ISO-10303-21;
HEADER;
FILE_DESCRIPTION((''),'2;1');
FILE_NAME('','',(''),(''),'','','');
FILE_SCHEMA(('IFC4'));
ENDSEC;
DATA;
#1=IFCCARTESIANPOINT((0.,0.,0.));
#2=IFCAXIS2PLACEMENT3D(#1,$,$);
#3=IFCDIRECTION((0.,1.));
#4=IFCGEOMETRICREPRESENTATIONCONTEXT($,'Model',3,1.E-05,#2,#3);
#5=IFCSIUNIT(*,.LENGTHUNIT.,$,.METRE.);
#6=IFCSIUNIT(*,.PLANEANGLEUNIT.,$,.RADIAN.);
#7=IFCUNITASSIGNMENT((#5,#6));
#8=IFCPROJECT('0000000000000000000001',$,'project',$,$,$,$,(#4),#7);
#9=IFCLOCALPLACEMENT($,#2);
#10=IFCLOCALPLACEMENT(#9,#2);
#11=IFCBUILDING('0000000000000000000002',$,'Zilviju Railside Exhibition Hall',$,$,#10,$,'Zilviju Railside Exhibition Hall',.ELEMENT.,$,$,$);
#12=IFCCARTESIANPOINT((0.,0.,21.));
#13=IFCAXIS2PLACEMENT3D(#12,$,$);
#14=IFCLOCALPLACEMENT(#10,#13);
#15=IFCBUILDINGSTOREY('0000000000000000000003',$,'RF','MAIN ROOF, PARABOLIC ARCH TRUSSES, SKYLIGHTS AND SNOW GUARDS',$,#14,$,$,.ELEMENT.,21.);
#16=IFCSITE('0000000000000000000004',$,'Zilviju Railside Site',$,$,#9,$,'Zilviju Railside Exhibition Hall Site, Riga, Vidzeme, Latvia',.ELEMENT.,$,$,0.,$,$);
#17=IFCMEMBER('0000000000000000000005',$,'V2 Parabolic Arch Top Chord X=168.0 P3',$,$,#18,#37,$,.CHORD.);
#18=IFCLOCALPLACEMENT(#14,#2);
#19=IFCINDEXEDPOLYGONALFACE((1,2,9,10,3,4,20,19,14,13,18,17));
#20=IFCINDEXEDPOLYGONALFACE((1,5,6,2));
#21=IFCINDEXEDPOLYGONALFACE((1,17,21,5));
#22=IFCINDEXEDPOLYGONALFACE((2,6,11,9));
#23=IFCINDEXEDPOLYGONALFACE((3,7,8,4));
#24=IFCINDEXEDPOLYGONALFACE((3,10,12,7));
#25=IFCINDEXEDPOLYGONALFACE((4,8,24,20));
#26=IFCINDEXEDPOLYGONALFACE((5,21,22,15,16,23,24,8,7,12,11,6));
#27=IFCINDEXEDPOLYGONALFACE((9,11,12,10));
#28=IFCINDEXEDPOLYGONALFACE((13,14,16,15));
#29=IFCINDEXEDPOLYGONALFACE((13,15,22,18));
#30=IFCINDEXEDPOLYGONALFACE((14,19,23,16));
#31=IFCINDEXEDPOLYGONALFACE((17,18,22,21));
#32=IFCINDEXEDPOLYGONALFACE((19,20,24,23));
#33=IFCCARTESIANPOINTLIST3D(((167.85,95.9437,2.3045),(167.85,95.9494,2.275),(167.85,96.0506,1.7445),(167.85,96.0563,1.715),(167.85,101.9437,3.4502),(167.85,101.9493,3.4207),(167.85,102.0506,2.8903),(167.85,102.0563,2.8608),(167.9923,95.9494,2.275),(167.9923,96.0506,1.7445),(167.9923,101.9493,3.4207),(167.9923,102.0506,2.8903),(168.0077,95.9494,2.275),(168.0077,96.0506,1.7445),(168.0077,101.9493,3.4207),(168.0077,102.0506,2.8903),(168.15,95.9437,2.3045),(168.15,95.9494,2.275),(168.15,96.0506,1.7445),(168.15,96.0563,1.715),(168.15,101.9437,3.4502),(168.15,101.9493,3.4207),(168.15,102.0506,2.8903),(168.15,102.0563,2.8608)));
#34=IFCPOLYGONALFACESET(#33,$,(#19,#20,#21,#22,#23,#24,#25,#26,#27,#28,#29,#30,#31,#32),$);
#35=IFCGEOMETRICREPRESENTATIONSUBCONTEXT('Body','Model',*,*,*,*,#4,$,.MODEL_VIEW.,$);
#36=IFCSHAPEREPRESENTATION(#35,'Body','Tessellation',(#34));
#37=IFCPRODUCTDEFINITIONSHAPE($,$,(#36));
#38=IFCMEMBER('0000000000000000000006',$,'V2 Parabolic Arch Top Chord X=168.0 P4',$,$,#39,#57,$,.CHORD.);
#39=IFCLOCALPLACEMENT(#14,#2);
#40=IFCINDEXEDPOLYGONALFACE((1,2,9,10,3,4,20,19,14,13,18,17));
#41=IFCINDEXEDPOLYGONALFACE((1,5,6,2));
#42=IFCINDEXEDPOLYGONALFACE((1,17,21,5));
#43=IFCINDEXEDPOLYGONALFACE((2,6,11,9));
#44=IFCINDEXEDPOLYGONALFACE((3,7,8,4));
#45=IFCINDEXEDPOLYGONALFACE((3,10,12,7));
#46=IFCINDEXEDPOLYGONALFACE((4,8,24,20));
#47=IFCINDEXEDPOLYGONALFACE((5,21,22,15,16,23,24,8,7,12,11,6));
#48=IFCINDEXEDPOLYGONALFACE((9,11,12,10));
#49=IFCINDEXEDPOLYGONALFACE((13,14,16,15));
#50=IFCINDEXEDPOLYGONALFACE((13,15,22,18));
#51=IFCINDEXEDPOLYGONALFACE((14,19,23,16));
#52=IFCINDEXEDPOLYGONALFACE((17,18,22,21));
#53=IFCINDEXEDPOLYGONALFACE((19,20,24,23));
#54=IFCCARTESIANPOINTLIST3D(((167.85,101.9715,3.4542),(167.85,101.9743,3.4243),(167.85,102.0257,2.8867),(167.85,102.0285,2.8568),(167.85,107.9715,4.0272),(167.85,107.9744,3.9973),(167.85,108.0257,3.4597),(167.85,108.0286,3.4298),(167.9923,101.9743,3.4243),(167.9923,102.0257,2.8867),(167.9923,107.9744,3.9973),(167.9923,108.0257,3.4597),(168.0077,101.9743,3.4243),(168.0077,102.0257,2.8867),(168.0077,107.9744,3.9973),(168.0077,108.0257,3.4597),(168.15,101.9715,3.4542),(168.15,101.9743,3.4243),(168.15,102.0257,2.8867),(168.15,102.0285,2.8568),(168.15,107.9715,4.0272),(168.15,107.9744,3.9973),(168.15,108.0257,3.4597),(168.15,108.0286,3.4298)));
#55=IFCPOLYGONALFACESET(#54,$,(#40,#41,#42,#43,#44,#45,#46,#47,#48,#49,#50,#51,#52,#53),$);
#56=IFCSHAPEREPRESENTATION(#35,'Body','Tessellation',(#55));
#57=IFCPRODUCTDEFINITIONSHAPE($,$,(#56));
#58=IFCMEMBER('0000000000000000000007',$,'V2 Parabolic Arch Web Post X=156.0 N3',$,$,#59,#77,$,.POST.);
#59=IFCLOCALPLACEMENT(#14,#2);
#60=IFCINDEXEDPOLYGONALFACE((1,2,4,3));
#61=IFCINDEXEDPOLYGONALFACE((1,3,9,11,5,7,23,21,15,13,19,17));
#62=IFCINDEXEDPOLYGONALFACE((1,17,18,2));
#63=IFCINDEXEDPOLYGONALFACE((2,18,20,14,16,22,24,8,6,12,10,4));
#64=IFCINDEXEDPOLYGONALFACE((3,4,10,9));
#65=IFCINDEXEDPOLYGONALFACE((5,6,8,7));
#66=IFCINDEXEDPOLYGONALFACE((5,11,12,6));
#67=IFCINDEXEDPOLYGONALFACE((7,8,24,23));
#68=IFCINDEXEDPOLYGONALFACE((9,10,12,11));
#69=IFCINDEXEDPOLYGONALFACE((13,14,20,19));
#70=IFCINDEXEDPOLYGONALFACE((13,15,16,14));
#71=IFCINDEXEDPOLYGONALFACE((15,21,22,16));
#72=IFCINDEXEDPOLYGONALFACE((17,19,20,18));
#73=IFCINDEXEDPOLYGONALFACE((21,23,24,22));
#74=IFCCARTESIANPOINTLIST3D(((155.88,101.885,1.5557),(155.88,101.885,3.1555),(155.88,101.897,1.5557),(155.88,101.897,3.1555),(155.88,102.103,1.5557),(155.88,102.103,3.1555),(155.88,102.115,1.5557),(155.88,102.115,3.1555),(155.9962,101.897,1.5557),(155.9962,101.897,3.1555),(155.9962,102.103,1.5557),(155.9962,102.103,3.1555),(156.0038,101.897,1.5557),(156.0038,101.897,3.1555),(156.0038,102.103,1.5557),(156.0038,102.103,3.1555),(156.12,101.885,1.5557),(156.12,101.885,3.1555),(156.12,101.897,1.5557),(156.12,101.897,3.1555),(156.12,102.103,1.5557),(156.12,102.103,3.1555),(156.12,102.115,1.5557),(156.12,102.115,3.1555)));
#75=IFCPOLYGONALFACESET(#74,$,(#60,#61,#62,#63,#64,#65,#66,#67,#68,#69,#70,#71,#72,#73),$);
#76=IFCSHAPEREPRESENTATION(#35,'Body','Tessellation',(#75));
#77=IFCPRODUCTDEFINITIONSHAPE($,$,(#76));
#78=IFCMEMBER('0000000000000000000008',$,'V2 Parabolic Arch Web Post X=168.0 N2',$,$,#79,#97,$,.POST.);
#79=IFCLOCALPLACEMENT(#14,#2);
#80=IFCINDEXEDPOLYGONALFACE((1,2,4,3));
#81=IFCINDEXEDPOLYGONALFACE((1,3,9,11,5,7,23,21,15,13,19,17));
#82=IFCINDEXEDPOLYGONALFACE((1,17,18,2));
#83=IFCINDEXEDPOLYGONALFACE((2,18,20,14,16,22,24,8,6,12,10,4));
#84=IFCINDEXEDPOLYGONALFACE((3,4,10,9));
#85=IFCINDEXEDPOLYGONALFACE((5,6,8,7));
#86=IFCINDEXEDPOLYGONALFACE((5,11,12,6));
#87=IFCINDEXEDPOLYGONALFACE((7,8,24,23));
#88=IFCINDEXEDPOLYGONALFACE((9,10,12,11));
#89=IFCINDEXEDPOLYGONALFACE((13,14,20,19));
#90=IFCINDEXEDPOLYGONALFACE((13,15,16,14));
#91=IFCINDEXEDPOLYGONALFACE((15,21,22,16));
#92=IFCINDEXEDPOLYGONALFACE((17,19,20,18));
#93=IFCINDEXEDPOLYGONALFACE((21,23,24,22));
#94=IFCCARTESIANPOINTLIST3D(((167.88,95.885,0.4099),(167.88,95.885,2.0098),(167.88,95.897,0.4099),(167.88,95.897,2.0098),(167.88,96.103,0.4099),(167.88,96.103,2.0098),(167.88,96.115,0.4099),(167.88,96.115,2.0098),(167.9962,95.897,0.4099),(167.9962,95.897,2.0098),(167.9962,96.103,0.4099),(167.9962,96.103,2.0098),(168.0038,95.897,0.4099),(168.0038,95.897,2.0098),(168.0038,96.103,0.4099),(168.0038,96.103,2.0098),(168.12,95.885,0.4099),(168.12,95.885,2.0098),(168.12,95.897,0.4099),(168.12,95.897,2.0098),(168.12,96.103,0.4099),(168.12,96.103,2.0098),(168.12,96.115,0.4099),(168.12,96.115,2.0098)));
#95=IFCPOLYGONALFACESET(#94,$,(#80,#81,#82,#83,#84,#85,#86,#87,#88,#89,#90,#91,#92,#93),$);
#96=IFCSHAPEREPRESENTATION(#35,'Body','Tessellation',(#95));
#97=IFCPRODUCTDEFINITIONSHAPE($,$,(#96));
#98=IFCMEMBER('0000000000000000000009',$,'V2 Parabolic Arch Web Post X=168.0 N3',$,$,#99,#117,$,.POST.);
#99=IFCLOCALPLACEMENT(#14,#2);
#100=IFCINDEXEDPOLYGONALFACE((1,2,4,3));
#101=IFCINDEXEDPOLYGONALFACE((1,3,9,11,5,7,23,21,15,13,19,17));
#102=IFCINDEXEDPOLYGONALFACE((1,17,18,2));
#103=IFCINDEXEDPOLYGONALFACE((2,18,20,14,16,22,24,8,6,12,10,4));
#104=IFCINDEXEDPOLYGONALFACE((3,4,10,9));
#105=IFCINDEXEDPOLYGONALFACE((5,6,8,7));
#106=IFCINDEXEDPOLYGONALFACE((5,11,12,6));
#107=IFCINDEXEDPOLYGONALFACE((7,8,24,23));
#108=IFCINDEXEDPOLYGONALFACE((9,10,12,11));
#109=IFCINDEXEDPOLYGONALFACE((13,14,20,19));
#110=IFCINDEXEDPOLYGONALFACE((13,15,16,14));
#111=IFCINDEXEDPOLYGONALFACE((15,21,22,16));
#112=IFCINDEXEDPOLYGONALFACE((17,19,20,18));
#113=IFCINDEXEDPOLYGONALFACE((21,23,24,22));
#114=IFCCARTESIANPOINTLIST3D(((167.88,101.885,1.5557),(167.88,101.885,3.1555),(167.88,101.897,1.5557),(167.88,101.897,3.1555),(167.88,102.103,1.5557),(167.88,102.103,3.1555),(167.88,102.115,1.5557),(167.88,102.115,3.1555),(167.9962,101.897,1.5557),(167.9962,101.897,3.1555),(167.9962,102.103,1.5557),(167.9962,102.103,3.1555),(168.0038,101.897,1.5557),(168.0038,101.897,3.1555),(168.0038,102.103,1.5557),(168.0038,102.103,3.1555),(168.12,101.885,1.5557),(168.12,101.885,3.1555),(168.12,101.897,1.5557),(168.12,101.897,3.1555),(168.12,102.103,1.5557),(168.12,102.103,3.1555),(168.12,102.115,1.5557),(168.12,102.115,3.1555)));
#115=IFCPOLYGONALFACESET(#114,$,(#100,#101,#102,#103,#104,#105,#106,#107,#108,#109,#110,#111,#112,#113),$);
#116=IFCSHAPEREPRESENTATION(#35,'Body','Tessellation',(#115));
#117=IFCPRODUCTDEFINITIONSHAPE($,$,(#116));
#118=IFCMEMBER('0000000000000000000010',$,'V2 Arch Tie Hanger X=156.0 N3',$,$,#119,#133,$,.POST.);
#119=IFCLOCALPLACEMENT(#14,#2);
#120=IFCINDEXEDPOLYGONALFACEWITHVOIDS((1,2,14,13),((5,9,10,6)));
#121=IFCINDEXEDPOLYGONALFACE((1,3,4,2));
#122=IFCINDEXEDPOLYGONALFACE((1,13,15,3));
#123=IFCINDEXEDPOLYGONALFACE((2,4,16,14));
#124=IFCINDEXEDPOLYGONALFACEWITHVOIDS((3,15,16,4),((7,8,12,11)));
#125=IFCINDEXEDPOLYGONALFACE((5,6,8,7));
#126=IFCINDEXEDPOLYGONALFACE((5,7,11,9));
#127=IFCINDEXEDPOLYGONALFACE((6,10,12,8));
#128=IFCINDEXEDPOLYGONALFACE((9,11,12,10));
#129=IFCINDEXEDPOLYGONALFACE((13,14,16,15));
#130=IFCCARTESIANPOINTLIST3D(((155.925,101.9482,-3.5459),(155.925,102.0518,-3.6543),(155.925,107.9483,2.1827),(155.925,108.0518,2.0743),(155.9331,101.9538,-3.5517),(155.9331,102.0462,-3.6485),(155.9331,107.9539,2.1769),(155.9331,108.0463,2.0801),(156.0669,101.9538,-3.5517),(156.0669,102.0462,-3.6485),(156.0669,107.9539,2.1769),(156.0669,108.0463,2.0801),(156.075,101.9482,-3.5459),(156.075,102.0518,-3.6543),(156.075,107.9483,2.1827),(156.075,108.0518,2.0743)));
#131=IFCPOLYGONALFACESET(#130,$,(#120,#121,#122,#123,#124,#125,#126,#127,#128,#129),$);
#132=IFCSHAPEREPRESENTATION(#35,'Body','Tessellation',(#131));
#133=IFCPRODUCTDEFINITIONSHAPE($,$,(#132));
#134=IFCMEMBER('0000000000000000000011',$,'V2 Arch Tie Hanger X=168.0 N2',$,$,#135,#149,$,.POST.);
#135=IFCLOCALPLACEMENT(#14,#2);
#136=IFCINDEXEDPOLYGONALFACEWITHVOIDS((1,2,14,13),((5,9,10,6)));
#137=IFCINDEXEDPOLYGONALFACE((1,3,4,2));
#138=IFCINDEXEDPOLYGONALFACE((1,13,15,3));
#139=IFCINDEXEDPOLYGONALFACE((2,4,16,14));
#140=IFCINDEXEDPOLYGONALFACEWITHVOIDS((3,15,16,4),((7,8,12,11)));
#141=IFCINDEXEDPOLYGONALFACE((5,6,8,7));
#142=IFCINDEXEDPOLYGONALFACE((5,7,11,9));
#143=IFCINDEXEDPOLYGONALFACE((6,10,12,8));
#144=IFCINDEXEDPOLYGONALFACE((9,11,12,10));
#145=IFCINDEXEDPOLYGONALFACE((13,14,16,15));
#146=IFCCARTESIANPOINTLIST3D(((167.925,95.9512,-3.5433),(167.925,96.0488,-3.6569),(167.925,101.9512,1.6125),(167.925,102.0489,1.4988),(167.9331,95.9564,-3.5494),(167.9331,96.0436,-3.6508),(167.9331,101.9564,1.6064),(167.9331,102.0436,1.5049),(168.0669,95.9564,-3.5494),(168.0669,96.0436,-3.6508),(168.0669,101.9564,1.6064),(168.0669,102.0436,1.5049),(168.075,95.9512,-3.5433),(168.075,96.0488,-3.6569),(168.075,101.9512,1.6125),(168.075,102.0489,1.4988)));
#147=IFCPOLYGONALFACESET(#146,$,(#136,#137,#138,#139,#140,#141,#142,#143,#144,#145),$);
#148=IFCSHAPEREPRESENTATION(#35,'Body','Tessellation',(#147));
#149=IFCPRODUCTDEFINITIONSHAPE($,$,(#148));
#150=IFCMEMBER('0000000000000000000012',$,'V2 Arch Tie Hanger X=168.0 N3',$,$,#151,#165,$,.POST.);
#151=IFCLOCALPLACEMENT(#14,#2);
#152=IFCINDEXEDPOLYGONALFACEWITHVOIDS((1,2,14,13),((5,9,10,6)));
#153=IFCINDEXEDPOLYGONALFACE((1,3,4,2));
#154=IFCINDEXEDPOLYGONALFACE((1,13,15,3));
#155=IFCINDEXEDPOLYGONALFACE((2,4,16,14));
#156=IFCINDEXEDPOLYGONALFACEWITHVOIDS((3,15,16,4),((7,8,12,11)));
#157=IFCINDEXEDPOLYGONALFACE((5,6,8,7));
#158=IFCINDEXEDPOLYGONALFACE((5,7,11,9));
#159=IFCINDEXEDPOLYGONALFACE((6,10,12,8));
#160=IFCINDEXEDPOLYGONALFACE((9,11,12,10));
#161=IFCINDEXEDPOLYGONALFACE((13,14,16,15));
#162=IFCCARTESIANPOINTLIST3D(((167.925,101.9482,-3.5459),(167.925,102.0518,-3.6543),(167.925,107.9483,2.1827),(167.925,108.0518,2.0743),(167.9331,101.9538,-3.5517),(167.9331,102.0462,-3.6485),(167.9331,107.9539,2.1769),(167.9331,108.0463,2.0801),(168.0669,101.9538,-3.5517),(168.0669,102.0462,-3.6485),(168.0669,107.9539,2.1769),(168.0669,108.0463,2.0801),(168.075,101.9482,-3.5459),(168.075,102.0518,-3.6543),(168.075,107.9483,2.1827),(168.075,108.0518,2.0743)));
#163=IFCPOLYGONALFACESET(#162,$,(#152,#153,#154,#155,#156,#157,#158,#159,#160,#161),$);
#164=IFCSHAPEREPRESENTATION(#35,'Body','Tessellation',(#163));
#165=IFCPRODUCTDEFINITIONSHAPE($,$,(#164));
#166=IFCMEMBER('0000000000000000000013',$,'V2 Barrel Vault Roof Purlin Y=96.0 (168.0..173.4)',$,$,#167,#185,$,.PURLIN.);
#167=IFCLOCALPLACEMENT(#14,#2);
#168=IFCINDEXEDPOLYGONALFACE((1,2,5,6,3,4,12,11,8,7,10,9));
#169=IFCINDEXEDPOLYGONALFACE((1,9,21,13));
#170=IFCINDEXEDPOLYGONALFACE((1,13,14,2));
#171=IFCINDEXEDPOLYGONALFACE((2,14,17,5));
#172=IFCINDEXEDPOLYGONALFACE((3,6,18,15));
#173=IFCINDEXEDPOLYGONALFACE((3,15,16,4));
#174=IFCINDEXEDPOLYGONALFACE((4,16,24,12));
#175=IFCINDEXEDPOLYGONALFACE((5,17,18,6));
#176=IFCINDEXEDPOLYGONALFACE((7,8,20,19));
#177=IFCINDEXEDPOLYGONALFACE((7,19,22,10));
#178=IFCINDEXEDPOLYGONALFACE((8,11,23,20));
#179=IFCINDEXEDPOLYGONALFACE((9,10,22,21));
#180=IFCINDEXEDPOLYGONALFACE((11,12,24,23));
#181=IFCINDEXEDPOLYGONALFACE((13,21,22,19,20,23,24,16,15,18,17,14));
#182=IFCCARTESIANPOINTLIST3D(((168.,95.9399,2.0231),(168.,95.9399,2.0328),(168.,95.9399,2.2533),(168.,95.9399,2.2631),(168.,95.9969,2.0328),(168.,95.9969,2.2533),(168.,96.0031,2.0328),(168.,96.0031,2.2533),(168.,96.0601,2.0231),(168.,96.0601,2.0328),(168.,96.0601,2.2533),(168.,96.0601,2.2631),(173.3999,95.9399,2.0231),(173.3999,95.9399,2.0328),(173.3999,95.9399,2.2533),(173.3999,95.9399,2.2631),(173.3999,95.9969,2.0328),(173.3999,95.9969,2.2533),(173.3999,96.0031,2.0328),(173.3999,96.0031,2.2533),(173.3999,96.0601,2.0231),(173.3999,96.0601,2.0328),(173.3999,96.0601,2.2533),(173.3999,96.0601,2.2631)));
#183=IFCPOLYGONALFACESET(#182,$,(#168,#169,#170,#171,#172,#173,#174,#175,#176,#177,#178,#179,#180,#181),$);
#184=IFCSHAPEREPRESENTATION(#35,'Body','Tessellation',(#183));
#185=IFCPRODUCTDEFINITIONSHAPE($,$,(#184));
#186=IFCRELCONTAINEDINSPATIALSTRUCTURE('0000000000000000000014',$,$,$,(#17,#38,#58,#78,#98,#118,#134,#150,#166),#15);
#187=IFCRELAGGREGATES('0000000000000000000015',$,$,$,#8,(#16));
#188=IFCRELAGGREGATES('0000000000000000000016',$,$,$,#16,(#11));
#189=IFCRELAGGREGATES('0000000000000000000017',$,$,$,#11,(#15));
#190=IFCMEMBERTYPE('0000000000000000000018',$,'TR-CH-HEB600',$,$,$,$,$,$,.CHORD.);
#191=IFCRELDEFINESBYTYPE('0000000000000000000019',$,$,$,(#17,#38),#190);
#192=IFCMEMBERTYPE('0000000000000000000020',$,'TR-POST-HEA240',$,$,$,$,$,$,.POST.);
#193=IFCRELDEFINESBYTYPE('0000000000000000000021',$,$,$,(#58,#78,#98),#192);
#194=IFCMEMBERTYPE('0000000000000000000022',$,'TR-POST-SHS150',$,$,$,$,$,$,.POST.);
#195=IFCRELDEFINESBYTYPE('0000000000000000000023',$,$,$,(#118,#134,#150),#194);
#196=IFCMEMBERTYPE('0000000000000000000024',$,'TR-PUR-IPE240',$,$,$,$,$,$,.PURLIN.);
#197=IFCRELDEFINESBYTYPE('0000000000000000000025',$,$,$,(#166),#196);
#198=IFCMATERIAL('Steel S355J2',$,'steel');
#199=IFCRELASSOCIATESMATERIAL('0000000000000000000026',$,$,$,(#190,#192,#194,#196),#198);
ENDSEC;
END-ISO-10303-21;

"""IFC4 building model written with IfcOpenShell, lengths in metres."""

from ifc_helpers import new_model, si_unit, direction, frame, origin, origin_2d, place, context, subcontext, project, spatial, hollow_rectangle, i_section, extrude, material, material_profile, profile_set, type_object, element, save


model = new_model("IFC4")

# Units and contexts
model_context = context("Model", 3, precision=1e-05, world=origin(), true_north=direction((0.0, 1.0)))
body_context = subcontext(model_context, "Body", "Model", "MODEL_VIEW")
ifc_project = project(units=[si_unit("LENGTHUNIT", "METRE"), si_unit("PLANEANGLEUNIT", "RADIAN")], contexts=[model_context])

# Site, building, storey
site_placement = place(None, origin())
site = spatial("IfcSite", under=ifc_project, at=site_placement, Name="Zilviju Railside Site", LongName="Zilviju Railside Exhibition Hall Site, Riga, Vidzeme, Latvia", CompositionType="ELEMENT", RefElevation=0.0)
building_placement = place(site_placement, origin())
building = spatial("IfcBuilding", under=site, at=building_placement, Name="Zilviju Railside Exhibition Hall", LongName="Zilviju Railside Exhibition Hall", CompositionType="ELEMENT")
storey_placement = place(building_placement, frame((0.0, 0.0, 21.0)))
storey = spatial("IfcBuildingStorey", under=building, at=storey_placement, Name="RF", Description="MAIN ROOF, PARABOLIC ARCH TRUSSES, SKYLIGHTS AND SNOW GUARDS", CompositionType="ELEMENT", Elevation=21.0)

# Members
ifc_material_1 = material(Name="Steel S355J2", Category="steel")
ifc_material_profile_1 = material_profile(ifc_material_1, i_section(OverallWidth=0.3, OverallDepth=0.6001, WebThickness=0.0154, FlangeThickness=0.03, at=origin_2d()), Name="HEB 600")
ifc_profile_set_1 = profile_set([ifc_material_profile_1], Name="Steel S355J2")
member_type_1 = type_object("IfcMemberType", Name="TR-CH-HEB600", PredefinedType="CHORD", material=ifc_profile_set_1)
member_1_placement = place(storey_placement, frame((168.0, 96.0, 2.0098), z_axis=(0.0, 0.982251, 0.187569), x_axis=(-1.0, 0.0, 0.0)))
element("IfcMember", 1, at=member_1_placement, inside=storey, type_object=member_type_1, Name="V2 Parabolic Arch Top Chord X=168.0 P3", PredefinedType="CHORD", context=body_context, shape_type="SweptSolid", body=[
    extrude(i_section(OverallWidth=0.3, OverallDepth=0.6001, WebThickness=0.0154, FlangeThickness=0.03, at=origin_2d()), origin(), (0.0, 0.0, 1.0), 6.1084),
])
member_2_placement = place(storey_placement, frame((168.0, 102.0, 3.1555), z_axis=(0.0, 0.995471, 0.095067), x_axis=(-1.0, 0.0, 0.0)))
element("IfcMember", 2, at=member_2_placement, inside=storey, type_object=member_type_1, Name="V2 Parabolic Arch Top Chord X=168.0 P4", PredefinedType="CHORD", context=body_context, shape_type="SweptSolid", body=[
    extrude(i_section(OverallWidth=0.3, OverallDepth=0.6001, WebThickness=0.0154, FlangeThickness=0.03, at=origin_2d()), origin(), (0.0, 0.0, 1.0), 6.0273),
])
ifc_material_profile_2 = material_profile(ifc_material_1, i_section(OverallWidth=0.24, OverallDepth=0.23, WebThickness=0.0076, FlangeThickness=0.012, at=origin_2d()), Name="HEA 240")
ifc_profile_set_2 = profile_set([ifc_material_profile_2], Name="Steel S355J2")
member_type_2 = type_object("IfcMemberType", Name="TR-POST-HEA240", PredefinedType="POST", material=ifc_profile_set_2)
for number, where, z_axis, x_axis, name in (
    (3, (156.0, 102.0, 1.5557), (0.0, 0.0, 1.0), (1.0, 0.0, 0.0), "V2 Parabolic Arch Web Post X=156.0 N3"),
    (4, (168.0, 96.0, 0.4099), (0.0, 0.0, 1.0), (1.0, 0.0, 0.0), "V2 Parabolic Arch Web Post X=168.0 N2"),
    (5, (168.0, 102.0, 1.5557), (0.0, 0.0, 1.0), (1.0, 0.0, 0.0), "V2 Parabolic Arch Web Post X=168.0 N3"),
):
    element("IfcMember", number, at=place(storey_placement, frame(where, z_axis=z_axis, x_axis=x_axis)), inside=storey, type_object=member_type_2, Name=name, PredefinedType="POST", context=body_context, shape_type="SweptSolid", body=[
        extrude(i_section(OverallWidth=0.24, OverallDepth=0.23, WebThickness=0.0076, FlangeThickness=0.012, at=origin_2d()), origin(), (0.0, 0.0, 1.0), 1.5999),
    ])
ifc_material_profile_3 = material_profile(ifc_material_1, hollow_rectangle(XDim=0.1499, YDim=0.1499, WallThickness=0.0081, at=origin_2d()), Name="SHS 150x150x8.0")
ifc_profile_set_3 = profile_set([ifc_material_profile_3], Name="Steel S355J2")
member_type_3 = type_object("IfcMemberType", Name="TR-POST-SHS150", PredefinedType="POST", material=ifc_profile_set_3)
member_3_placement = place(storey_placement, frame((156.0, 102.0, -3.6001), z_axis=(0.0, 0.723281, 0.690554), x_axis=(-1.0, 0.0, 0.0)))
element("IfcMember", 6, at=member_3_placement, inside=storey, type_object=member_type_3, Name="V2 Arch Tie Hanger X=156.0 N3", PredefinedType="POST", context=body_context, shape_type="SweptSolid", body=[
    extrude(hollow_rectangle(XDim=0.1499, YDim=0.1499, WallThickness=0.0081, at=origin_2d()), origin(), (0.0, 0.0, 1.0), 8.2957),
])
member_4_placement = place(storey_placement, frame((168.0, 96.0, -3.6001), z_axis=(0.0, 0.75845, 0.651731), x_axis=(-1.0, 0.0, 0.0)))
element("IfcMember", 7, at=member_4_placement, inside=storey, type_object=member_type_3, Name="V2 Arch Tie Hanger X=168.0 N2", PredefinedType="POST", context=body_context, shape_type="SweptSolid", body=[
    extrude(hollow_rectangle(XDim=0.1499, YDim=0.1499, WallThickness=0.0081, at=origin_2d()), origin(), (0.0, 0.0, 1.0), 7.9109),
])
member_5_placement = place(storey_placement, frame((168.0, 102.0, -3.6001), z_axis=(0.0, 0.723281, 0.690554), x_axis=(-1.0, 0.0, 0.0)))
element("IfcMember", 8, at=member_5_placement, inside=storey, type_object=member_type_3, Name="V2 Arch Tie Hanger X=168.0 N3", PredefinedType="POST", context=body_context, shape_type="SweptSolid", body=[
    extrude(hollow_rectangle(XDim=0.1499, YDim=0.1499, WallThickness=0.0081, at=origin_2d()), origin(), (0.0, 0.0, 1.0), 8.2957),
])
ifc_material_profile_4 = material_profile(ifc_material_1, i_section(OverallWidth=0.1201, OverallDepth=0.24, WebThickness=0.0061, FlangeThickness=0.0098, at=origin_2d()), Name="IPE 240")
ifc_profile_set_4 = profile_set([ifc_material_profile_4], Name="Steel S355J2")
member_type_4 = type_object("IfcMemberType", Name="TR-PUR-IPE240", PredefinedType="PURLIN", material=ifc_profile_set_4)
for number, where, z_axis, x_axis, name in (
    (9, (168.0, 96.0, 2.1431), (1.0, 0.0, 0.0), (0.0, 1.0, 0.0), "V2 Barrel Vault Roof Purlin Y=96.0 (168.0..173.4)"),
):
    element("IfcMember", number, at=place(storey_placement, frame(where, z_axis=z_axis, x_axis=x_axis)), inside=storey, type_object=member_type_4, Name=name, PredefinedType="PURLIN", context=body_context, shape_type="SweptSolid", body=[
        extrude(i_section(OverallWidth=0.1201, OverallDepth=0.24, WebThickness=0.0061, FlangeThickness=0.0098, at=origin_2d()), origin(), (0.0, 0.0, 1.0), 5.3999),
    ])

save(model, "model.ifc")
